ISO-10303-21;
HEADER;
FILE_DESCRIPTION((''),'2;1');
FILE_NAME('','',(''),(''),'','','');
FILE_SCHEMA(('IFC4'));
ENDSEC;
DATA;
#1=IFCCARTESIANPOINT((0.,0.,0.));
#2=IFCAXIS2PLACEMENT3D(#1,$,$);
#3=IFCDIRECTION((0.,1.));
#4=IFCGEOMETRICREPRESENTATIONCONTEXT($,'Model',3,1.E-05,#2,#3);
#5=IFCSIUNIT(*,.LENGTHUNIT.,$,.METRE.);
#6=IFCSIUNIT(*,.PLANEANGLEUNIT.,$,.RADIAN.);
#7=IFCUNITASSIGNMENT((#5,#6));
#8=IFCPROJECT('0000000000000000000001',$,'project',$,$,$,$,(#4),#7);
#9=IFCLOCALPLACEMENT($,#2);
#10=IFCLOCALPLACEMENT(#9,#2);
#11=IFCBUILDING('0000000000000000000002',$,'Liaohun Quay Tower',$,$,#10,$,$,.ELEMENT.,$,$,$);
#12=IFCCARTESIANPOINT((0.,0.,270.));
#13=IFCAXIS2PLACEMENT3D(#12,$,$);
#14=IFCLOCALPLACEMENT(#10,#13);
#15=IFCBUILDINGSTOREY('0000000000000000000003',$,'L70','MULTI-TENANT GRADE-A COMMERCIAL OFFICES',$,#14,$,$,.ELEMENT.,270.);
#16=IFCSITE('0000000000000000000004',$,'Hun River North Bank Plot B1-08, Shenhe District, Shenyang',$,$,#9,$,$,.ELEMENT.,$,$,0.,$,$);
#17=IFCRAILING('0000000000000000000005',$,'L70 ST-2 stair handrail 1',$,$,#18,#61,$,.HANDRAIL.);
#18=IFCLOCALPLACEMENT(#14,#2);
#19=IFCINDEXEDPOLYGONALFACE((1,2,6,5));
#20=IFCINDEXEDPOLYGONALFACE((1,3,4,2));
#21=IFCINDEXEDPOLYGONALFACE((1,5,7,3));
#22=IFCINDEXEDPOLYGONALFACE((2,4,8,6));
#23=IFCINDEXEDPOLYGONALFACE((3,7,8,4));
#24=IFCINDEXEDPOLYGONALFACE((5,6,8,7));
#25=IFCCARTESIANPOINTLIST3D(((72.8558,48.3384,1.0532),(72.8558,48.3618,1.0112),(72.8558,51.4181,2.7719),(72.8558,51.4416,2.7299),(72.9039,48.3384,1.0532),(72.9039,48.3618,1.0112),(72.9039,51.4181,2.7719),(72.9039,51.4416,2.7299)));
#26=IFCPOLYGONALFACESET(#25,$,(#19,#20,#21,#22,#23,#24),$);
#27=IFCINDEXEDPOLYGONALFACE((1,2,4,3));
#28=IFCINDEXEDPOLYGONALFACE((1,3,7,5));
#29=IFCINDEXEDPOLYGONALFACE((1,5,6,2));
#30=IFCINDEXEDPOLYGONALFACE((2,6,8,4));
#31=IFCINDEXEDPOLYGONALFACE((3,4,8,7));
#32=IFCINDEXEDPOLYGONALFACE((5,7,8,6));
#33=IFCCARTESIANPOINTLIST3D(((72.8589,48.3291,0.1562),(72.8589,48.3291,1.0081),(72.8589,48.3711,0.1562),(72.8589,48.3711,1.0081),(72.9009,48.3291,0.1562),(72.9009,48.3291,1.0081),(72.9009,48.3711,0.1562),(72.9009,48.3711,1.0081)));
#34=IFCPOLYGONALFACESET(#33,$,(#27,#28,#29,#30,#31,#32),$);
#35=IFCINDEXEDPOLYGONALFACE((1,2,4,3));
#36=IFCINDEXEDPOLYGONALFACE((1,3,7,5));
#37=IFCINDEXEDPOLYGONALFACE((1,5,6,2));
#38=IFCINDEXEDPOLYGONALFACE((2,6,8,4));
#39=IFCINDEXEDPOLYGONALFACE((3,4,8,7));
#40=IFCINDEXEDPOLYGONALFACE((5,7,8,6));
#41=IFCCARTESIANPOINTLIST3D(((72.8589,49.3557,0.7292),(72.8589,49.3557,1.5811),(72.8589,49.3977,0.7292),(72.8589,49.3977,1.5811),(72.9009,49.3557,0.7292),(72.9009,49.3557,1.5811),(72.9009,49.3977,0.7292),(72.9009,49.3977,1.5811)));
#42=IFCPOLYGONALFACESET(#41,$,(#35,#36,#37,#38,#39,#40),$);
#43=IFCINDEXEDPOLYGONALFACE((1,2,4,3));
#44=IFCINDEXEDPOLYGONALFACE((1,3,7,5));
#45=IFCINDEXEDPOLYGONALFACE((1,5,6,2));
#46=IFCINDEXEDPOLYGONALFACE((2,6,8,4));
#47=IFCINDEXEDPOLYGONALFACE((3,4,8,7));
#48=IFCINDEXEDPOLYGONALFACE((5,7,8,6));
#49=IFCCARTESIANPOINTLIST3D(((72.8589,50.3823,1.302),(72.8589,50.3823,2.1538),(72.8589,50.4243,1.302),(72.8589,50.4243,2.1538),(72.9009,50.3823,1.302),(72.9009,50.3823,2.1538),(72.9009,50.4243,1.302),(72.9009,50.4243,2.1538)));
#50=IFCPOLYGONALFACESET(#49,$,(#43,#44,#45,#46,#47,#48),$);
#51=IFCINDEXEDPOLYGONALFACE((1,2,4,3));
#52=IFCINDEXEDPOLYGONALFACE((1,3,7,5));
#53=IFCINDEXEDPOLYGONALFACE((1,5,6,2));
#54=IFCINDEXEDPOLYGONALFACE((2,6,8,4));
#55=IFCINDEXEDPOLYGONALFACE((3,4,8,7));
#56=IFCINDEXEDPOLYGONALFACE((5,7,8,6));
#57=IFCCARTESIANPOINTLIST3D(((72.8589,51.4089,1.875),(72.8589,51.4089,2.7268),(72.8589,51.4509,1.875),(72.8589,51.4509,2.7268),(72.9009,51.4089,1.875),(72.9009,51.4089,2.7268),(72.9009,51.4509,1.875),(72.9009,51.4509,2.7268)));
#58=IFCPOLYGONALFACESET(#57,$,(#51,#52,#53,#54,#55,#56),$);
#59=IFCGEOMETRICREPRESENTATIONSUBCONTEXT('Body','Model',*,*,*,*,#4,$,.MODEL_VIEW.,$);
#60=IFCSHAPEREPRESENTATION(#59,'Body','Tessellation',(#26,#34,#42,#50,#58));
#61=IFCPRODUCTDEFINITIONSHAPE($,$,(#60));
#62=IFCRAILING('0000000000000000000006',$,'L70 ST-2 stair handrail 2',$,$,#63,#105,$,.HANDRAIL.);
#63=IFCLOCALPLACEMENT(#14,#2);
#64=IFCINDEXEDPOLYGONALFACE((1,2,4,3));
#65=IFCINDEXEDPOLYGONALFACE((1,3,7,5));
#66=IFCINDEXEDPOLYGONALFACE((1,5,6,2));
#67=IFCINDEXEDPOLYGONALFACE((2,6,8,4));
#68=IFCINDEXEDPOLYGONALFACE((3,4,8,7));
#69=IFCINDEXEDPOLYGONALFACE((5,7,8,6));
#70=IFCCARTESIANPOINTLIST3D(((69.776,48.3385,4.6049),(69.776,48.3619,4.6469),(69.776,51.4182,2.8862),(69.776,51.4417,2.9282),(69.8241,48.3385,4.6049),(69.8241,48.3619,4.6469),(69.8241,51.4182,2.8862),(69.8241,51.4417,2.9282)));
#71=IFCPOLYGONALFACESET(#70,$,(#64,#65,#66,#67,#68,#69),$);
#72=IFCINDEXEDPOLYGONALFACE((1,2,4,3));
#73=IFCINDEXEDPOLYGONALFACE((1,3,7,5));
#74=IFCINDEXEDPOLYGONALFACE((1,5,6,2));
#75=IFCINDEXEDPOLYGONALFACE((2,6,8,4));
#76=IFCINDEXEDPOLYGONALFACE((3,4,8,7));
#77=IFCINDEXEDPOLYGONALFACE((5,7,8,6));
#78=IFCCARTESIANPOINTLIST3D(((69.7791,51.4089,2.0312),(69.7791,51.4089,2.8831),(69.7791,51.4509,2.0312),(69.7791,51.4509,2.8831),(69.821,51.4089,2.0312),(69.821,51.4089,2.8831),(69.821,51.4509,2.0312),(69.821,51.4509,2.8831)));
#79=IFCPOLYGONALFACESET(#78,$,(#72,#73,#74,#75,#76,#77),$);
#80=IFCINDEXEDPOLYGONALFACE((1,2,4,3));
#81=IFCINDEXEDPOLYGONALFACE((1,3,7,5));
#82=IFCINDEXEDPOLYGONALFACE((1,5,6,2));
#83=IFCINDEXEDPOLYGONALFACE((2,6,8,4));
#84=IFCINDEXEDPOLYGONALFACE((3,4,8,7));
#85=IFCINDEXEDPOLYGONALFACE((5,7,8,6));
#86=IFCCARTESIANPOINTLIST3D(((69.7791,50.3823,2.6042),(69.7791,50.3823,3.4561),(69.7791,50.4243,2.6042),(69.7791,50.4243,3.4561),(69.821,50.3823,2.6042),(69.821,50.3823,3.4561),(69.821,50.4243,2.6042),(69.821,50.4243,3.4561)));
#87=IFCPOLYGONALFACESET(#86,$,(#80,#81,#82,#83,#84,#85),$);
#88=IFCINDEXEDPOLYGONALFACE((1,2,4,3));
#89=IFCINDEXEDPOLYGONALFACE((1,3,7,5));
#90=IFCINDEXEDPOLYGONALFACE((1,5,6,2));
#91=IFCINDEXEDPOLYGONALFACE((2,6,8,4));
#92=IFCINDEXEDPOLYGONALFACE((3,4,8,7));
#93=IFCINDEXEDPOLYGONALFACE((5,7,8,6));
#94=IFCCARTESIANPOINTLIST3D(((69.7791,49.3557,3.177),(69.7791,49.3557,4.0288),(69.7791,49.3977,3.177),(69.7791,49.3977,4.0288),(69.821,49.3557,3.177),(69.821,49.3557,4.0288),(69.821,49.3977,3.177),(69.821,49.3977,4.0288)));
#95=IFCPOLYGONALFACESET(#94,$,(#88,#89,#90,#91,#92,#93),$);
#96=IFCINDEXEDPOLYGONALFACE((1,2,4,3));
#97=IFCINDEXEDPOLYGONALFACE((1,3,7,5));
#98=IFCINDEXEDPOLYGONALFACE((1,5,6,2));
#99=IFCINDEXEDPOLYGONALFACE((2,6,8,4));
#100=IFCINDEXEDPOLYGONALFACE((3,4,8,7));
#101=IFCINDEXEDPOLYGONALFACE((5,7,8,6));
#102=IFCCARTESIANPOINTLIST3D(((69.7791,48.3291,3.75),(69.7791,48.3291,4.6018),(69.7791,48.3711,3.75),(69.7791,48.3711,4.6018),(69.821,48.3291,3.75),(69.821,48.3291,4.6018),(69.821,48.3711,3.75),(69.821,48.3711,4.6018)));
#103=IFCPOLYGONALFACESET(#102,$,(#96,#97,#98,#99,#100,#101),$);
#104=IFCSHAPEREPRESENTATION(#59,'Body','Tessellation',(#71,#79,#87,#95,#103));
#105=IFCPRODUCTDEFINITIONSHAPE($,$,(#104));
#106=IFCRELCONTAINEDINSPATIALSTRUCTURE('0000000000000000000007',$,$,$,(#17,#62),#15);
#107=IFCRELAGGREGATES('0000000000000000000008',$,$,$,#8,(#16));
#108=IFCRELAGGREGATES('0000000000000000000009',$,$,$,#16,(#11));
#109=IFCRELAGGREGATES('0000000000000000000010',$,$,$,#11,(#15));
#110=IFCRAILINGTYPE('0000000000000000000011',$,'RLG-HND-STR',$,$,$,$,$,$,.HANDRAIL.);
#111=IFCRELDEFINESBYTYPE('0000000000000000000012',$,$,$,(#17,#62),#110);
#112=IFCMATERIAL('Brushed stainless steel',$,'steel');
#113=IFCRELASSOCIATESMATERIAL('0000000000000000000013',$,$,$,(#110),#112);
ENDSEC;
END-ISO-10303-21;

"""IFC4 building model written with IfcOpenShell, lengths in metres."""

from ifc_helpers import new_model, si_unit, direction, frame, origin, origin_2d, place, context, subcontext, project, spatial, rectangle, extrude, material, type_object, element, save


model = new_model("IFC4")

# Units and contexts
model_context = context("Model", 3, precision=1e-05, world=origin(), true_north=direction((0.0, 1.0)))
body_context = subcontext(model_context, "Body", "Model", "MODEL_VIEW")
ifc_project = project(units=[si_unit("LENGTHUNIT", "METRE"), si_unit("PLANEANGLEUNIT", "RADIAN")], contexts=[model_context])

# Site, building, storey
site_placement = place(None, origin())
site = spatial("IfcSite", under=ifc_project, at=site_placement, Name="Hun River North Bank Plot B1-08, Shenhe District, Shenyang", CompositionType="ELEMENT", RefElevation=0.0)
building_placement = place(site_placement, origin())
building = spatial("IfcBuilding", under=site, at=building_placement, Name="Liaohun Quay Tower", CompositionType="ELEMENT")
storey_placement = place(building_placement, frame((0.0, 0.0, 270.0)))
storey = spatial("IfcBuildingStorey", under=building, at=storey_placement, Name="L70", Description="MULTI-TENANT GRADE-A COMMERCIAL OFFICES", CompositionType="ELEMENT", Elevation=270.0)

# Railings
ifc_material_1 = material(Name="Brushed stainless steel", Category="steel")
railing_type_1 = type_object("IfcRailingType", Name="RLG-HND-STR", PredefinedType="HANDRAIL", material=ifc_material_1)
railing_1_placement = place(storey_placement, frame((72.8799, 48.3501, 0.1562)))
element("IfcRailing", 1, at=railing_1_placement, inside=storey, type_object=railing_type_1, Name="L70 ST-2 stair handrail 1", PredefinedType="HANDRAIL", context=body_context, shape_type="SweptSolid", body=[
    extrude(rectangle(XDim=0.0481, YDim=0.0481, at=origin_2d()), frame((0.0, 0.0, 0.876), z_axis=(0.0, 0.873225, 0.487317), x_axis=(-1.0, 0.0, 0.0)), (0.0, 0.0, 1.0), 3.5269),
    extrude(rectangle(XDim=0.042, YDim=0.042, at=origin_2d()), origin(), (0.0, 0.0, 1.0), 0.8518),
    extrude(rectangle(XDim=0.042, YDim=0.042, at=origin_2d()), frame((0.0, 1.0266, 0.573)), (0.0, 0.0, 1.0), 0.8518),
    extrude(rectangle(XDim=0.042, YDim=0.042, at=origin_2d()), frame((0.0, 2.0532, 1.1458)), (0.0, 0.0, 1.0), 0.8518),
    extrude(rectangle(XDim=0.042, YDim=0.042, at=origin_2d()), frame((0.0, 3.0798, 1.7188)), (0.0, 0.0, 1.0), 0.8518),
])
railing_2_placement = place(storey_placement, frame((69.8, 51.4299, 2.0312)))
element("IfcRailing", 2, at=railing_2_placement, inside=storey, type_object=railing_type_1, Name="L70 ST-2 stair handrail 2", PredefinedType="HANDRAIL", context=body_context, shape_type="SweptSolid", body=[
    extrude(rectangle(XDim=0.0481, YDim=0.0481, at=origin_2d()), frame((0.0, 0.0, 0.876), z_axis=(0.0, -0.873225, 0.487317), x_axis=(1.0, 0.0, 0.0)), (0.0, 0.0, 1.0), 3.5269),
    extrude(rectangle(XDim=0.042, YDim=0.042, at=origin_2d()), origin(), (0.0, 0.0, 1.0), 0.8518),
    extrude(rectangle(XDim=0.042, YDim=0.042, at=origin_2d()), frame((0.0, -1.0266, 0.573)), (0.0, 0.0, 1.0), 0.8518),
    extrude(rectangle(XDim=0.042, YDim=0.042, at=origin_2d()), frame((0.0, -2.0532, 1.1458)), (0.0, 0.0, 1.0), 0.8518),
    extrude(rectangle(XDim=0.042, YDim=0.042, at=origin_2d()), frame((0.0, -3.0798, 1.7188)), (0.0, 0.0, 1.0), 0.8518),
])

save(model, "model.ifc")
